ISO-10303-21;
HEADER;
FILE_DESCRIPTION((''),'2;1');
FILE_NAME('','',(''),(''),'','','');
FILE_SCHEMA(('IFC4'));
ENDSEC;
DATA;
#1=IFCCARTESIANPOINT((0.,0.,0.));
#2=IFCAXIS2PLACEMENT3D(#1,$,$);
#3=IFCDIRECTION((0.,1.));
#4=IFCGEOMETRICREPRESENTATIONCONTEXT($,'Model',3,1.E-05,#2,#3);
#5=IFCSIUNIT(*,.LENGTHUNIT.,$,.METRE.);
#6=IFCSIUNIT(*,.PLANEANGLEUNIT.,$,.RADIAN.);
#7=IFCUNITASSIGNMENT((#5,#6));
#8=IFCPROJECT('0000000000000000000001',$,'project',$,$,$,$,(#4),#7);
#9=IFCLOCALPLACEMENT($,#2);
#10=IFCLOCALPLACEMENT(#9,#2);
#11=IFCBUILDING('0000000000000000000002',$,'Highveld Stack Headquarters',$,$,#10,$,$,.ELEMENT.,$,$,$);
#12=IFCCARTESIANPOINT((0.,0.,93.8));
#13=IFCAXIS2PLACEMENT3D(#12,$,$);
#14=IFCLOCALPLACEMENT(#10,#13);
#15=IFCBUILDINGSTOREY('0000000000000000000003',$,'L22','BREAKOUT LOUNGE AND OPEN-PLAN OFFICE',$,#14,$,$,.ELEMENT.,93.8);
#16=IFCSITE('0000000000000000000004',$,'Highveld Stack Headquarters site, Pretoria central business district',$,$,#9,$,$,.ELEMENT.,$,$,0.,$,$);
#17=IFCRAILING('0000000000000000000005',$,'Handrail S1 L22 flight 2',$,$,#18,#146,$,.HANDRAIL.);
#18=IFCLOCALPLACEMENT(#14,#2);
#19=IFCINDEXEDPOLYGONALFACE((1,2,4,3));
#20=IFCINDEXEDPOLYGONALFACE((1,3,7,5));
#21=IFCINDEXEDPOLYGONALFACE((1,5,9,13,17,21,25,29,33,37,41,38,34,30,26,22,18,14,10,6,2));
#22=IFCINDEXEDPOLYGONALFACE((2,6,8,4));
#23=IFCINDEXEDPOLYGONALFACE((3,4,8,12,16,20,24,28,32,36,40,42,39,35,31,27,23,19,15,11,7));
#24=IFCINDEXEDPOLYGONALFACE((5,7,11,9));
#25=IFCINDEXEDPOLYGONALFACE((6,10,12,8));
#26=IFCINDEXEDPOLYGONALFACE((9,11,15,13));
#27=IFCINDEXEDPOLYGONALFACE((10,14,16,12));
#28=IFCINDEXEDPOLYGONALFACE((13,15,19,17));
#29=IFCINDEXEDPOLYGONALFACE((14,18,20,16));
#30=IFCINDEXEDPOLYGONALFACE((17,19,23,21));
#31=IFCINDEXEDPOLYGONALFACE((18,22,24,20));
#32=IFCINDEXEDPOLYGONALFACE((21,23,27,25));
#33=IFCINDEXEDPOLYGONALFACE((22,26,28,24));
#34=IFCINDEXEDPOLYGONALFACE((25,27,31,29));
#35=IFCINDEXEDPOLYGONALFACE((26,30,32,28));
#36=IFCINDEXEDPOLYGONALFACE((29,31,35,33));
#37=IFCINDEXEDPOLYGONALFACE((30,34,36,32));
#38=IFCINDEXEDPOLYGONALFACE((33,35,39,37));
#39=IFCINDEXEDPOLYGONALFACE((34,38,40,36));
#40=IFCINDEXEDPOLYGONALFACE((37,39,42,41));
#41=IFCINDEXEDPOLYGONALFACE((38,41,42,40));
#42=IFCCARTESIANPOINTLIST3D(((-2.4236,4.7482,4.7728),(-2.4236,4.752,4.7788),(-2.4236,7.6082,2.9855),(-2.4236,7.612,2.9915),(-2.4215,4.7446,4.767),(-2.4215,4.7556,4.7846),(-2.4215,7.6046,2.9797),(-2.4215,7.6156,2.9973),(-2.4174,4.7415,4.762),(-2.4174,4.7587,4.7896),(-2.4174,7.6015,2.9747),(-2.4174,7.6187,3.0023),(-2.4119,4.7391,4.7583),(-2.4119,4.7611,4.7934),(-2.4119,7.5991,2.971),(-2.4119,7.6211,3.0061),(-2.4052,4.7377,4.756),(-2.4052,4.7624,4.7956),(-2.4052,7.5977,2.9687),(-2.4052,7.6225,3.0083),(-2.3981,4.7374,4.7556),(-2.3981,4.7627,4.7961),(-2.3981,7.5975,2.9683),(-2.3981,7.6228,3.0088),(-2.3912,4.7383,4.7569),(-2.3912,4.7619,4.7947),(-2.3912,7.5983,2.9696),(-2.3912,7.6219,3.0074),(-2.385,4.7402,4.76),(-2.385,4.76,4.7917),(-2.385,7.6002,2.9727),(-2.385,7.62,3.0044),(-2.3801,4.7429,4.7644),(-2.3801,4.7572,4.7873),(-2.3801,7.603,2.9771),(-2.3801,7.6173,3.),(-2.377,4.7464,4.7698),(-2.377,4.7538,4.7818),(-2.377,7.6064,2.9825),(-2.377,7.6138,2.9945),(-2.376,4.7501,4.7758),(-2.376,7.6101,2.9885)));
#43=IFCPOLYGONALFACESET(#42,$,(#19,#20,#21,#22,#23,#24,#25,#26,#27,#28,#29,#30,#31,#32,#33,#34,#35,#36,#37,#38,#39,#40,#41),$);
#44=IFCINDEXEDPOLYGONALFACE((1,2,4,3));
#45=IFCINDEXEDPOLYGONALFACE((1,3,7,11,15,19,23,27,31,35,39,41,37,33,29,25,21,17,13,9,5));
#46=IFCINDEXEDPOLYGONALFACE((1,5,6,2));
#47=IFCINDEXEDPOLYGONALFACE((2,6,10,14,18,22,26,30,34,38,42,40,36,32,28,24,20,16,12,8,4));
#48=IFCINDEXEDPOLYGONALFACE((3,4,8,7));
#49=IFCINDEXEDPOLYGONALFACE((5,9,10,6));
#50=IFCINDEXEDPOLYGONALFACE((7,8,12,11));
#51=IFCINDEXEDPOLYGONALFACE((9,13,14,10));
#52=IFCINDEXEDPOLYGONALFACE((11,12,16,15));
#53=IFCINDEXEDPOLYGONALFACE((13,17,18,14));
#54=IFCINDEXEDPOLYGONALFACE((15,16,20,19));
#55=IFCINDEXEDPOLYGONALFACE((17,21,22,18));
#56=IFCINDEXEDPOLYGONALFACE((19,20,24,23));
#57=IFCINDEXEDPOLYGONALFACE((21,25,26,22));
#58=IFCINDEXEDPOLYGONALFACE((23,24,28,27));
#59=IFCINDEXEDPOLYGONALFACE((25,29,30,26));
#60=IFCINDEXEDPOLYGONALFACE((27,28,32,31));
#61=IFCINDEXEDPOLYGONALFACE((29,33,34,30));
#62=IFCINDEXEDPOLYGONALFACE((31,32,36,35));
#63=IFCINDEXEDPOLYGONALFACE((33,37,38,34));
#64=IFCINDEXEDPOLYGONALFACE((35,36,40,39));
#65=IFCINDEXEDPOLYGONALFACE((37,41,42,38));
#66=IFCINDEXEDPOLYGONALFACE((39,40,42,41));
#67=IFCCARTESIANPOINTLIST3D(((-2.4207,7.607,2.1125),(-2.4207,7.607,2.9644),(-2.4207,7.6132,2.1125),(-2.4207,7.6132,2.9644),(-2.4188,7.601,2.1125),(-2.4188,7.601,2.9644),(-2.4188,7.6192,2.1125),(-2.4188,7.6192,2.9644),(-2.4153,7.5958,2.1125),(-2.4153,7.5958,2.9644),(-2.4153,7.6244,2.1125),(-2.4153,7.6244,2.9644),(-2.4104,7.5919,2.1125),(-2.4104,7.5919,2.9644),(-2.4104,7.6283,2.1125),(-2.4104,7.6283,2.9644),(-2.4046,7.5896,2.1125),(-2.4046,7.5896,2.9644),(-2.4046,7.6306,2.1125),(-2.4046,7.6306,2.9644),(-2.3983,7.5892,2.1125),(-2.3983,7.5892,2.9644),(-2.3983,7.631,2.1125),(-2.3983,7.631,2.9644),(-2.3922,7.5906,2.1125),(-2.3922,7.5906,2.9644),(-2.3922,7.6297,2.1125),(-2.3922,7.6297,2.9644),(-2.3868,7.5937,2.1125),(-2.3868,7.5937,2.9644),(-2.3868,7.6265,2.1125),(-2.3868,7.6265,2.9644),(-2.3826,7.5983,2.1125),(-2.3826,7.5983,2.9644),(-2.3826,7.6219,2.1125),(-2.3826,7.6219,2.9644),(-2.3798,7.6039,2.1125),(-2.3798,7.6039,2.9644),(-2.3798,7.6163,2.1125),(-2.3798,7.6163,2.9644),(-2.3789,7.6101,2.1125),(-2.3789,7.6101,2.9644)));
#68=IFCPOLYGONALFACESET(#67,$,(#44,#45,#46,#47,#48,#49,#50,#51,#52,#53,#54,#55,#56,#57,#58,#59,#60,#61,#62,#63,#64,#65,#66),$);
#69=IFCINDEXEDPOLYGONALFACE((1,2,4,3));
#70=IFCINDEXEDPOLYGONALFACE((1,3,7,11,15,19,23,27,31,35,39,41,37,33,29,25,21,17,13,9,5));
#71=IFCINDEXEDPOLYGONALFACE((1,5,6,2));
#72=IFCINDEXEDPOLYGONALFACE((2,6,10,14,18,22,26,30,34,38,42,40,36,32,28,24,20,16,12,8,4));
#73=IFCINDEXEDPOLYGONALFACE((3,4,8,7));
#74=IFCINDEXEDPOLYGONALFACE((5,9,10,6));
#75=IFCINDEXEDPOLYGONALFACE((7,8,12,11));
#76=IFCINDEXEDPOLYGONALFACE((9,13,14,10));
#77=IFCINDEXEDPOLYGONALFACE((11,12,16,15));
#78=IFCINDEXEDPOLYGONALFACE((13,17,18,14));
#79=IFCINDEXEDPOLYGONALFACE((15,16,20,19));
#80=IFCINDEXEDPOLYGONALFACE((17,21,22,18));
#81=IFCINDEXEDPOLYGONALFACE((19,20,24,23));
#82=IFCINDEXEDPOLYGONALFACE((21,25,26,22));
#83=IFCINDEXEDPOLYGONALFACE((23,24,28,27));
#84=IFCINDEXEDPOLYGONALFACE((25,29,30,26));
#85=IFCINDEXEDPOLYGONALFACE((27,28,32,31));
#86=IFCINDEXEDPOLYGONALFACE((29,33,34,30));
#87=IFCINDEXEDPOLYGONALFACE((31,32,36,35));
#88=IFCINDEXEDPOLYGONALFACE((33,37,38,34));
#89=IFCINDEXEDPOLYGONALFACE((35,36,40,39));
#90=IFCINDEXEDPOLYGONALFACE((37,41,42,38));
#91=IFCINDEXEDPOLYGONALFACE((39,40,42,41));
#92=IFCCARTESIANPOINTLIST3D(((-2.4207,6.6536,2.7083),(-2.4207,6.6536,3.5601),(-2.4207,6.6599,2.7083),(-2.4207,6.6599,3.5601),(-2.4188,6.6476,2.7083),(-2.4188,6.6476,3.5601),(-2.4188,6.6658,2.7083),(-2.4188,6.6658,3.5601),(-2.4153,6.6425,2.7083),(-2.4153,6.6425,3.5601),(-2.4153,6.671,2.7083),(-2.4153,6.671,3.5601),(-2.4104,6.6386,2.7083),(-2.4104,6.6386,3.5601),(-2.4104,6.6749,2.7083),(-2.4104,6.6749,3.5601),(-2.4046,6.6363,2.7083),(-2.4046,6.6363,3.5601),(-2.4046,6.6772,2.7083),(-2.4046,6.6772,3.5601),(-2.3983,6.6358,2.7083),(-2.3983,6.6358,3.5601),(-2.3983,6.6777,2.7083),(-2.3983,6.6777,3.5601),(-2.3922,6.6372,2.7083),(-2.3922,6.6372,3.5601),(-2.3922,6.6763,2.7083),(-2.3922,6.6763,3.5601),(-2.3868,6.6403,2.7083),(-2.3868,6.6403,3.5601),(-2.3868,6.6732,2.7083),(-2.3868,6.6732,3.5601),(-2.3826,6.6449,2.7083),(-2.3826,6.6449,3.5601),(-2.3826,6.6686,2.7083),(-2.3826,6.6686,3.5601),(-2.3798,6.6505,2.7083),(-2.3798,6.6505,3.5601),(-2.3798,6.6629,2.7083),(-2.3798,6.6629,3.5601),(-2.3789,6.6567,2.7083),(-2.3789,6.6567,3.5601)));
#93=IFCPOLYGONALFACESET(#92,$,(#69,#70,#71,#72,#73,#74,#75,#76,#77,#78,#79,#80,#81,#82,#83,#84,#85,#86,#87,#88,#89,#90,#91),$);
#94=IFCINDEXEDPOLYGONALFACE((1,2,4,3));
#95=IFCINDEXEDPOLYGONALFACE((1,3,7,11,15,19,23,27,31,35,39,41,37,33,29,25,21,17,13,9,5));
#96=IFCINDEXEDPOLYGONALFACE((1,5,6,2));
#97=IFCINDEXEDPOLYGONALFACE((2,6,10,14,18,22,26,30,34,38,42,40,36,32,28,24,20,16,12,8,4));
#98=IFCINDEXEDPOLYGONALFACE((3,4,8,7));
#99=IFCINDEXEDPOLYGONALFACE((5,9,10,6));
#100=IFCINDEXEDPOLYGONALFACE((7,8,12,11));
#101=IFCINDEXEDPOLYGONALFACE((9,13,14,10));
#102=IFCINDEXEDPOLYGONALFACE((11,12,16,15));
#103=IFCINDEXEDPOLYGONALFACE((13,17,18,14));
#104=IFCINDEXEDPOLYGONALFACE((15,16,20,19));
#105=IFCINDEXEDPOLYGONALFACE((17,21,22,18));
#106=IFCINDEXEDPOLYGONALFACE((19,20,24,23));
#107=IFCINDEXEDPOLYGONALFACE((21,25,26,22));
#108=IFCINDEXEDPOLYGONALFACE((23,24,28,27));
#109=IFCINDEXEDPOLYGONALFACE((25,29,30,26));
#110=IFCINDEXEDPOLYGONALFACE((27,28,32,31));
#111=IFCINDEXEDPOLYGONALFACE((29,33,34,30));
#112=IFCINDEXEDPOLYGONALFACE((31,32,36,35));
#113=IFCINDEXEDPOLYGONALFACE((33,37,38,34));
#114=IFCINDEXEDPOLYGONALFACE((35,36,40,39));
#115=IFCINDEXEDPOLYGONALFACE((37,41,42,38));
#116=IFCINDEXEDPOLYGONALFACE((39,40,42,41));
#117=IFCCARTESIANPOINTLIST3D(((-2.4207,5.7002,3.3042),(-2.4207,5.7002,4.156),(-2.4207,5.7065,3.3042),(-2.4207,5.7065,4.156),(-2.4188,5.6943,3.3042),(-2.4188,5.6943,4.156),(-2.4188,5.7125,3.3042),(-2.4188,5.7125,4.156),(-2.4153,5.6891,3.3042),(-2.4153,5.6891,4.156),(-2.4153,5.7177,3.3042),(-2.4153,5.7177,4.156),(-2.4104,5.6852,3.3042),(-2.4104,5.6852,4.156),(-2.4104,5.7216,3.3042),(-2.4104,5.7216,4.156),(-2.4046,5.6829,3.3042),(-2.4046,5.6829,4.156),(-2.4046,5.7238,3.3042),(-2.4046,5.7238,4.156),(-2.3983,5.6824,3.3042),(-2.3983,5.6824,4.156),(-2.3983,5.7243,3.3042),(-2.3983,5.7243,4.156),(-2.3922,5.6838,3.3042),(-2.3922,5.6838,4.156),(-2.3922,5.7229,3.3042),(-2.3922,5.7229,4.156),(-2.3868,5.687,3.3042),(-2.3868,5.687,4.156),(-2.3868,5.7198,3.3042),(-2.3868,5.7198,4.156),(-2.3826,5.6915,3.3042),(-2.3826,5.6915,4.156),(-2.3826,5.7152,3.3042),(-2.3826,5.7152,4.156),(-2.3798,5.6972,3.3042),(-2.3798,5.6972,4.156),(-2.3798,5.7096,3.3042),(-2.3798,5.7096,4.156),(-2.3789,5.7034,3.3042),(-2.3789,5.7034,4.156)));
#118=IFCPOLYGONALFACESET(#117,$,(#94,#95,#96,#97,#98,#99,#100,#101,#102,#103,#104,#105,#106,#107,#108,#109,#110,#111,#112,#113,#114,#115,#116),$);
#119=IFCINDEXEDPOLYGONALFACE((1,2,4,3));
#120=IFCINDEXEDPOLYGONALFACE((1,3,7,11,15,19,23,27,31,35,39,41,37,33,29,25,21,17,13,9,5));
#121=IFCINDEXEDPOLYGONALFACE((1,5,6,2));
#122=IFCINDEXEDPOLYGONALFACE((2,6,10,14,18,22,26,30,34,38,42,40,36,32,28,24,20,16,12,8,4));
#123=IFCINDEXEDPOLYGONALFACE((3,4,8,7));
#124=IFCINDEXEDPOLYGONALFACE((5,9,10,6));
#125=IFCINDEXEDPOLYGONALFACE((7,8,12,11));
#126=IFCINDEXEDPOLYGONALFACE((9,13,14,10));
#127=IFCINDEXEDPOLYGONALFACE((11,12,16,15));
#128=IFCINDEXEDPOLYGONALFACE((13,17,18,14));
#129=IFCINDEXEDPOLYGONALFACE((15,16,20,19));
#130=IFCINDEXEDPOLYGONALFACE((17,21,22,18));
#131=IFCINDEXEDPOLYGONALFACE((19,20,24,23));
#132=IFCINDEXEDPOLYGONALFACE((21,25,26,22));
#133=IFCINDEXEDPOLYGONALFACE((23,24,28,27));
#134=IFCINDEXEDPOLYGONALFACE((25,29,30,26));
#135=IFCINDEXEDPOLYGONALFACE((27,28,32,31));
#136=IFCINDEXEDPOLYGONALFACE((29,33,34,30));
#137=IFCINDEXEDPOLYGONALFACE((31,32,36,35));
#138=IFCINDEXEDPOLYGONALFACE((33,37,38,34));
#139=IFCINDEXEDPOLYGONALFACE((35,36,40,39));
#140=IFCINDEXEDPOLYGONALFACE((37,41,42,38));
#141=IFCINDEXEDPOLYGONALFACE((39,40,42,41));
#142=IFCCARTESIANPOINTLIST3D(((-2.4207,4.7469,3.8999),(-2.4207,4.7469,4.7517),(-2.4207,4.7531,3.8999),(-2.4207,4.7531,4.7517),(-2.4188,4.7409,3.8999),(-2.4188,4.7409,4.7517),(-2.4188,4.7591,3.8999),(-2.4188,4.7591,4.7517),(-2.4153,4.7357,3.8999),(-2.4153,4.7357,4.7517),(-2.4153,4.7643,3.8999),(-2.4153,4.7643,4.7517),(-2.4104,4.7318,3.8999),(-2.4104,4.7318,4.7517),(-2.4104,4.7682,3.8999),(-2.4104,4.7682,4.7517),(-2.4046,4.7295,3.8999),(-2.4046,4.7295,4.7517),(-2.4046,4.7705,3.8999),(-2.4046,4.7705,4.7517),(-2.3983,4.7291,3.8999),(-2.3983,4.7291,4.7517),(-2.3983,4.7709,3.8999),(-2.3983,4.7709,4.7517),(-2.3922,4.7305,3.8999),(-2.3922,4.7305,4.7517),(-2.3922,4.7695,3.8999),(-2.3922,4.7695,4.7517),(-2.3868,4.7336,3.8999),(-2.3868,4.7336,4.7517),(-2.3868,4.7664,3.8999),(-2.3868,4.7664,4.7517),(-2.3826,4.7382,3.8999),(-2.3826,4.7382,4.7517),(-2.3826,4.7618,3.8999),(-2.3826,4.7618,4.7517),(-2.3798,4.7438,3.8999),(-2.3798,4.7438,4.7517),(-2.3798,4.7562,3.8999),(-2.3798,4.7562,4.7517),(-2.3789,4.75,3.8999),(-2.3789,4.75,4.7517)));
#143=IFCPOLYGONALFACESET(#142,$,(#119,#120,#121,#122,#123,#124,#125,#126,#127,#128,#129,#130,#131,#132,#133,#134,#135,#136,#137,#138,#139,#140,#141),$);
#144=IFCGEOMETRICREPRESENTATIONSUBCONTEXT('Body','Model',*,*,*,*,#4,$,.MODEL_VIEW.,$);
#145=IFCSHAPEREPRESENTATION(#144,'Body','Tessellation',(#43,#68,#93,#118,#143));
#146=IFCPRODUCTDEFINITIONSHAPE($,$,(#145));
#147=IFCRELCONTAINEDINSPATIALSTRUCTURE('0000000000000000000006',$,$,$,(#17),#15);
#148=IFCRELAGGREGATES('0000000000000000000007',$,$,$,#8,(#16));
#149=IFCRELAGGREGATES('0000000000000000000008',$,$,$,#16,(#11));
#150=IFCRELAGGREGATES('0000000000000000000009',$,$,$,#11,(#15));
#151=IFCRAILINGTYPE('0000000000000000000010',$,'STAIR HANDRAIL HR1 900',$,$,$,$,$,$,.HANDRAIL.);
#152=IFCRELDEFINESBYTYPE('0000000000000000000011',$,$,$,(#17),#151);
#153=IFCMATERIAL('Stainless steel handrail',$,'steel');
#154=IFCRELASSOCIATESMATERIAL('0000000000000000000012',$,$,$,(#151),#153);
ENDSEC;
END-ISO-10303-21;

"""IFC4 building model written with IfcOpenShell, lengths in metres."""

from ifc_helpers import new_model, si_unit, direction, frame, origin, origin_2d, place, context, subcontext, project, spatial, circle, extrude, material, type_object, element, save


model = new_model("IFC4")

# Units and contexts
model_context = context("Model", 3, precision=1e-05, world=origin(), true_north=direction((0.0, 1.0)))
body_context = subcontext(model_context, "Body", "Model", "MODEL_VIEW")
ifc_project = project(units=[si_unit("LENGTHUNIT", "METRE"), si_unit("PLANEANGLEUNIT", "RADIAN")], contexts=[model_context])

# Site, building, storey
site_placement = place(None, origin())
site = spatial("IfcSite", under=ifc_project, at=site_placement, Name="Highveld Stack Headquarters site, Pretoria central business district", CompositionType="ELEMENT", RefElevation=0.0)
building_placement = place(site_placement, origin())
building = spatial("IfcBuilding", under=site, at=building_placement, Name="Highveld Stack Headquarters", CompositionType="ELEMENT")
storey_placement = place(building_placement, frame((0.0, 0.0, 93.8)))
storey = spatial("IfcBuildingStorey", under=building, at=storey_placement, Name="L22", Description="BREAKOUT LOUNGE AND OPEN-PLAN OFFICE", CompositionType="ELEMENT", Elevation=93.8)

# Railing
ifc_material_1 = material(Name="Stainless steel handrail", Category="steel")
railing_type = type_object("IfcRailingType", Name="STAIR HANDRAIL HR1 900", PredefinedType="HANDRAIL", material=ifc_material_1)
for number, where, name in (
    (1, (-2.3999, 7.6101, 2.1125), "Handrail S1 L22 flight 2"),
):
    element("IfcRailing", number, at=place(storey_placement, frame(where)), inside=storey, type_object=railing_type, Name=name, PredefinedType="HANDRAIL", context=body_context, shape_type="SweptSolid", body=[
        extrude(circle(Radius=0.0239, at=origin_2d()), frame((0.0, 0.0, 0.876), z_axis=(0.0, -0.848027, 0.529953), x_axis=(1.0, 0.0, 0.0)), (0.0, 0.0, 1.0), 3.3726),
        extrude(circle(Radius=0.021, at=origin_2d()), origin(), (0.0, 0.0, 1.0), 0.8518),
        extrude(circle(Radius=0.021, at=origin_2d()), frame((0.0, -0.9534, 0.5957)), (0.0, 0.0, 1.0), 0.8518),
        extrude(circle(Radius=0.021, at=origin_2d()), frame((0.0, -1.9067, 1.1917)), (0.0, 0.0, 1.0), 0.8518),
        extrude(circle(Radius=0.021, at=origin_2d()), frame((0.0, -2.8601, 1.7874)), (0.0, 0.0, 1.0), 0.8518),
    ])

save(model, "model.ifc")
